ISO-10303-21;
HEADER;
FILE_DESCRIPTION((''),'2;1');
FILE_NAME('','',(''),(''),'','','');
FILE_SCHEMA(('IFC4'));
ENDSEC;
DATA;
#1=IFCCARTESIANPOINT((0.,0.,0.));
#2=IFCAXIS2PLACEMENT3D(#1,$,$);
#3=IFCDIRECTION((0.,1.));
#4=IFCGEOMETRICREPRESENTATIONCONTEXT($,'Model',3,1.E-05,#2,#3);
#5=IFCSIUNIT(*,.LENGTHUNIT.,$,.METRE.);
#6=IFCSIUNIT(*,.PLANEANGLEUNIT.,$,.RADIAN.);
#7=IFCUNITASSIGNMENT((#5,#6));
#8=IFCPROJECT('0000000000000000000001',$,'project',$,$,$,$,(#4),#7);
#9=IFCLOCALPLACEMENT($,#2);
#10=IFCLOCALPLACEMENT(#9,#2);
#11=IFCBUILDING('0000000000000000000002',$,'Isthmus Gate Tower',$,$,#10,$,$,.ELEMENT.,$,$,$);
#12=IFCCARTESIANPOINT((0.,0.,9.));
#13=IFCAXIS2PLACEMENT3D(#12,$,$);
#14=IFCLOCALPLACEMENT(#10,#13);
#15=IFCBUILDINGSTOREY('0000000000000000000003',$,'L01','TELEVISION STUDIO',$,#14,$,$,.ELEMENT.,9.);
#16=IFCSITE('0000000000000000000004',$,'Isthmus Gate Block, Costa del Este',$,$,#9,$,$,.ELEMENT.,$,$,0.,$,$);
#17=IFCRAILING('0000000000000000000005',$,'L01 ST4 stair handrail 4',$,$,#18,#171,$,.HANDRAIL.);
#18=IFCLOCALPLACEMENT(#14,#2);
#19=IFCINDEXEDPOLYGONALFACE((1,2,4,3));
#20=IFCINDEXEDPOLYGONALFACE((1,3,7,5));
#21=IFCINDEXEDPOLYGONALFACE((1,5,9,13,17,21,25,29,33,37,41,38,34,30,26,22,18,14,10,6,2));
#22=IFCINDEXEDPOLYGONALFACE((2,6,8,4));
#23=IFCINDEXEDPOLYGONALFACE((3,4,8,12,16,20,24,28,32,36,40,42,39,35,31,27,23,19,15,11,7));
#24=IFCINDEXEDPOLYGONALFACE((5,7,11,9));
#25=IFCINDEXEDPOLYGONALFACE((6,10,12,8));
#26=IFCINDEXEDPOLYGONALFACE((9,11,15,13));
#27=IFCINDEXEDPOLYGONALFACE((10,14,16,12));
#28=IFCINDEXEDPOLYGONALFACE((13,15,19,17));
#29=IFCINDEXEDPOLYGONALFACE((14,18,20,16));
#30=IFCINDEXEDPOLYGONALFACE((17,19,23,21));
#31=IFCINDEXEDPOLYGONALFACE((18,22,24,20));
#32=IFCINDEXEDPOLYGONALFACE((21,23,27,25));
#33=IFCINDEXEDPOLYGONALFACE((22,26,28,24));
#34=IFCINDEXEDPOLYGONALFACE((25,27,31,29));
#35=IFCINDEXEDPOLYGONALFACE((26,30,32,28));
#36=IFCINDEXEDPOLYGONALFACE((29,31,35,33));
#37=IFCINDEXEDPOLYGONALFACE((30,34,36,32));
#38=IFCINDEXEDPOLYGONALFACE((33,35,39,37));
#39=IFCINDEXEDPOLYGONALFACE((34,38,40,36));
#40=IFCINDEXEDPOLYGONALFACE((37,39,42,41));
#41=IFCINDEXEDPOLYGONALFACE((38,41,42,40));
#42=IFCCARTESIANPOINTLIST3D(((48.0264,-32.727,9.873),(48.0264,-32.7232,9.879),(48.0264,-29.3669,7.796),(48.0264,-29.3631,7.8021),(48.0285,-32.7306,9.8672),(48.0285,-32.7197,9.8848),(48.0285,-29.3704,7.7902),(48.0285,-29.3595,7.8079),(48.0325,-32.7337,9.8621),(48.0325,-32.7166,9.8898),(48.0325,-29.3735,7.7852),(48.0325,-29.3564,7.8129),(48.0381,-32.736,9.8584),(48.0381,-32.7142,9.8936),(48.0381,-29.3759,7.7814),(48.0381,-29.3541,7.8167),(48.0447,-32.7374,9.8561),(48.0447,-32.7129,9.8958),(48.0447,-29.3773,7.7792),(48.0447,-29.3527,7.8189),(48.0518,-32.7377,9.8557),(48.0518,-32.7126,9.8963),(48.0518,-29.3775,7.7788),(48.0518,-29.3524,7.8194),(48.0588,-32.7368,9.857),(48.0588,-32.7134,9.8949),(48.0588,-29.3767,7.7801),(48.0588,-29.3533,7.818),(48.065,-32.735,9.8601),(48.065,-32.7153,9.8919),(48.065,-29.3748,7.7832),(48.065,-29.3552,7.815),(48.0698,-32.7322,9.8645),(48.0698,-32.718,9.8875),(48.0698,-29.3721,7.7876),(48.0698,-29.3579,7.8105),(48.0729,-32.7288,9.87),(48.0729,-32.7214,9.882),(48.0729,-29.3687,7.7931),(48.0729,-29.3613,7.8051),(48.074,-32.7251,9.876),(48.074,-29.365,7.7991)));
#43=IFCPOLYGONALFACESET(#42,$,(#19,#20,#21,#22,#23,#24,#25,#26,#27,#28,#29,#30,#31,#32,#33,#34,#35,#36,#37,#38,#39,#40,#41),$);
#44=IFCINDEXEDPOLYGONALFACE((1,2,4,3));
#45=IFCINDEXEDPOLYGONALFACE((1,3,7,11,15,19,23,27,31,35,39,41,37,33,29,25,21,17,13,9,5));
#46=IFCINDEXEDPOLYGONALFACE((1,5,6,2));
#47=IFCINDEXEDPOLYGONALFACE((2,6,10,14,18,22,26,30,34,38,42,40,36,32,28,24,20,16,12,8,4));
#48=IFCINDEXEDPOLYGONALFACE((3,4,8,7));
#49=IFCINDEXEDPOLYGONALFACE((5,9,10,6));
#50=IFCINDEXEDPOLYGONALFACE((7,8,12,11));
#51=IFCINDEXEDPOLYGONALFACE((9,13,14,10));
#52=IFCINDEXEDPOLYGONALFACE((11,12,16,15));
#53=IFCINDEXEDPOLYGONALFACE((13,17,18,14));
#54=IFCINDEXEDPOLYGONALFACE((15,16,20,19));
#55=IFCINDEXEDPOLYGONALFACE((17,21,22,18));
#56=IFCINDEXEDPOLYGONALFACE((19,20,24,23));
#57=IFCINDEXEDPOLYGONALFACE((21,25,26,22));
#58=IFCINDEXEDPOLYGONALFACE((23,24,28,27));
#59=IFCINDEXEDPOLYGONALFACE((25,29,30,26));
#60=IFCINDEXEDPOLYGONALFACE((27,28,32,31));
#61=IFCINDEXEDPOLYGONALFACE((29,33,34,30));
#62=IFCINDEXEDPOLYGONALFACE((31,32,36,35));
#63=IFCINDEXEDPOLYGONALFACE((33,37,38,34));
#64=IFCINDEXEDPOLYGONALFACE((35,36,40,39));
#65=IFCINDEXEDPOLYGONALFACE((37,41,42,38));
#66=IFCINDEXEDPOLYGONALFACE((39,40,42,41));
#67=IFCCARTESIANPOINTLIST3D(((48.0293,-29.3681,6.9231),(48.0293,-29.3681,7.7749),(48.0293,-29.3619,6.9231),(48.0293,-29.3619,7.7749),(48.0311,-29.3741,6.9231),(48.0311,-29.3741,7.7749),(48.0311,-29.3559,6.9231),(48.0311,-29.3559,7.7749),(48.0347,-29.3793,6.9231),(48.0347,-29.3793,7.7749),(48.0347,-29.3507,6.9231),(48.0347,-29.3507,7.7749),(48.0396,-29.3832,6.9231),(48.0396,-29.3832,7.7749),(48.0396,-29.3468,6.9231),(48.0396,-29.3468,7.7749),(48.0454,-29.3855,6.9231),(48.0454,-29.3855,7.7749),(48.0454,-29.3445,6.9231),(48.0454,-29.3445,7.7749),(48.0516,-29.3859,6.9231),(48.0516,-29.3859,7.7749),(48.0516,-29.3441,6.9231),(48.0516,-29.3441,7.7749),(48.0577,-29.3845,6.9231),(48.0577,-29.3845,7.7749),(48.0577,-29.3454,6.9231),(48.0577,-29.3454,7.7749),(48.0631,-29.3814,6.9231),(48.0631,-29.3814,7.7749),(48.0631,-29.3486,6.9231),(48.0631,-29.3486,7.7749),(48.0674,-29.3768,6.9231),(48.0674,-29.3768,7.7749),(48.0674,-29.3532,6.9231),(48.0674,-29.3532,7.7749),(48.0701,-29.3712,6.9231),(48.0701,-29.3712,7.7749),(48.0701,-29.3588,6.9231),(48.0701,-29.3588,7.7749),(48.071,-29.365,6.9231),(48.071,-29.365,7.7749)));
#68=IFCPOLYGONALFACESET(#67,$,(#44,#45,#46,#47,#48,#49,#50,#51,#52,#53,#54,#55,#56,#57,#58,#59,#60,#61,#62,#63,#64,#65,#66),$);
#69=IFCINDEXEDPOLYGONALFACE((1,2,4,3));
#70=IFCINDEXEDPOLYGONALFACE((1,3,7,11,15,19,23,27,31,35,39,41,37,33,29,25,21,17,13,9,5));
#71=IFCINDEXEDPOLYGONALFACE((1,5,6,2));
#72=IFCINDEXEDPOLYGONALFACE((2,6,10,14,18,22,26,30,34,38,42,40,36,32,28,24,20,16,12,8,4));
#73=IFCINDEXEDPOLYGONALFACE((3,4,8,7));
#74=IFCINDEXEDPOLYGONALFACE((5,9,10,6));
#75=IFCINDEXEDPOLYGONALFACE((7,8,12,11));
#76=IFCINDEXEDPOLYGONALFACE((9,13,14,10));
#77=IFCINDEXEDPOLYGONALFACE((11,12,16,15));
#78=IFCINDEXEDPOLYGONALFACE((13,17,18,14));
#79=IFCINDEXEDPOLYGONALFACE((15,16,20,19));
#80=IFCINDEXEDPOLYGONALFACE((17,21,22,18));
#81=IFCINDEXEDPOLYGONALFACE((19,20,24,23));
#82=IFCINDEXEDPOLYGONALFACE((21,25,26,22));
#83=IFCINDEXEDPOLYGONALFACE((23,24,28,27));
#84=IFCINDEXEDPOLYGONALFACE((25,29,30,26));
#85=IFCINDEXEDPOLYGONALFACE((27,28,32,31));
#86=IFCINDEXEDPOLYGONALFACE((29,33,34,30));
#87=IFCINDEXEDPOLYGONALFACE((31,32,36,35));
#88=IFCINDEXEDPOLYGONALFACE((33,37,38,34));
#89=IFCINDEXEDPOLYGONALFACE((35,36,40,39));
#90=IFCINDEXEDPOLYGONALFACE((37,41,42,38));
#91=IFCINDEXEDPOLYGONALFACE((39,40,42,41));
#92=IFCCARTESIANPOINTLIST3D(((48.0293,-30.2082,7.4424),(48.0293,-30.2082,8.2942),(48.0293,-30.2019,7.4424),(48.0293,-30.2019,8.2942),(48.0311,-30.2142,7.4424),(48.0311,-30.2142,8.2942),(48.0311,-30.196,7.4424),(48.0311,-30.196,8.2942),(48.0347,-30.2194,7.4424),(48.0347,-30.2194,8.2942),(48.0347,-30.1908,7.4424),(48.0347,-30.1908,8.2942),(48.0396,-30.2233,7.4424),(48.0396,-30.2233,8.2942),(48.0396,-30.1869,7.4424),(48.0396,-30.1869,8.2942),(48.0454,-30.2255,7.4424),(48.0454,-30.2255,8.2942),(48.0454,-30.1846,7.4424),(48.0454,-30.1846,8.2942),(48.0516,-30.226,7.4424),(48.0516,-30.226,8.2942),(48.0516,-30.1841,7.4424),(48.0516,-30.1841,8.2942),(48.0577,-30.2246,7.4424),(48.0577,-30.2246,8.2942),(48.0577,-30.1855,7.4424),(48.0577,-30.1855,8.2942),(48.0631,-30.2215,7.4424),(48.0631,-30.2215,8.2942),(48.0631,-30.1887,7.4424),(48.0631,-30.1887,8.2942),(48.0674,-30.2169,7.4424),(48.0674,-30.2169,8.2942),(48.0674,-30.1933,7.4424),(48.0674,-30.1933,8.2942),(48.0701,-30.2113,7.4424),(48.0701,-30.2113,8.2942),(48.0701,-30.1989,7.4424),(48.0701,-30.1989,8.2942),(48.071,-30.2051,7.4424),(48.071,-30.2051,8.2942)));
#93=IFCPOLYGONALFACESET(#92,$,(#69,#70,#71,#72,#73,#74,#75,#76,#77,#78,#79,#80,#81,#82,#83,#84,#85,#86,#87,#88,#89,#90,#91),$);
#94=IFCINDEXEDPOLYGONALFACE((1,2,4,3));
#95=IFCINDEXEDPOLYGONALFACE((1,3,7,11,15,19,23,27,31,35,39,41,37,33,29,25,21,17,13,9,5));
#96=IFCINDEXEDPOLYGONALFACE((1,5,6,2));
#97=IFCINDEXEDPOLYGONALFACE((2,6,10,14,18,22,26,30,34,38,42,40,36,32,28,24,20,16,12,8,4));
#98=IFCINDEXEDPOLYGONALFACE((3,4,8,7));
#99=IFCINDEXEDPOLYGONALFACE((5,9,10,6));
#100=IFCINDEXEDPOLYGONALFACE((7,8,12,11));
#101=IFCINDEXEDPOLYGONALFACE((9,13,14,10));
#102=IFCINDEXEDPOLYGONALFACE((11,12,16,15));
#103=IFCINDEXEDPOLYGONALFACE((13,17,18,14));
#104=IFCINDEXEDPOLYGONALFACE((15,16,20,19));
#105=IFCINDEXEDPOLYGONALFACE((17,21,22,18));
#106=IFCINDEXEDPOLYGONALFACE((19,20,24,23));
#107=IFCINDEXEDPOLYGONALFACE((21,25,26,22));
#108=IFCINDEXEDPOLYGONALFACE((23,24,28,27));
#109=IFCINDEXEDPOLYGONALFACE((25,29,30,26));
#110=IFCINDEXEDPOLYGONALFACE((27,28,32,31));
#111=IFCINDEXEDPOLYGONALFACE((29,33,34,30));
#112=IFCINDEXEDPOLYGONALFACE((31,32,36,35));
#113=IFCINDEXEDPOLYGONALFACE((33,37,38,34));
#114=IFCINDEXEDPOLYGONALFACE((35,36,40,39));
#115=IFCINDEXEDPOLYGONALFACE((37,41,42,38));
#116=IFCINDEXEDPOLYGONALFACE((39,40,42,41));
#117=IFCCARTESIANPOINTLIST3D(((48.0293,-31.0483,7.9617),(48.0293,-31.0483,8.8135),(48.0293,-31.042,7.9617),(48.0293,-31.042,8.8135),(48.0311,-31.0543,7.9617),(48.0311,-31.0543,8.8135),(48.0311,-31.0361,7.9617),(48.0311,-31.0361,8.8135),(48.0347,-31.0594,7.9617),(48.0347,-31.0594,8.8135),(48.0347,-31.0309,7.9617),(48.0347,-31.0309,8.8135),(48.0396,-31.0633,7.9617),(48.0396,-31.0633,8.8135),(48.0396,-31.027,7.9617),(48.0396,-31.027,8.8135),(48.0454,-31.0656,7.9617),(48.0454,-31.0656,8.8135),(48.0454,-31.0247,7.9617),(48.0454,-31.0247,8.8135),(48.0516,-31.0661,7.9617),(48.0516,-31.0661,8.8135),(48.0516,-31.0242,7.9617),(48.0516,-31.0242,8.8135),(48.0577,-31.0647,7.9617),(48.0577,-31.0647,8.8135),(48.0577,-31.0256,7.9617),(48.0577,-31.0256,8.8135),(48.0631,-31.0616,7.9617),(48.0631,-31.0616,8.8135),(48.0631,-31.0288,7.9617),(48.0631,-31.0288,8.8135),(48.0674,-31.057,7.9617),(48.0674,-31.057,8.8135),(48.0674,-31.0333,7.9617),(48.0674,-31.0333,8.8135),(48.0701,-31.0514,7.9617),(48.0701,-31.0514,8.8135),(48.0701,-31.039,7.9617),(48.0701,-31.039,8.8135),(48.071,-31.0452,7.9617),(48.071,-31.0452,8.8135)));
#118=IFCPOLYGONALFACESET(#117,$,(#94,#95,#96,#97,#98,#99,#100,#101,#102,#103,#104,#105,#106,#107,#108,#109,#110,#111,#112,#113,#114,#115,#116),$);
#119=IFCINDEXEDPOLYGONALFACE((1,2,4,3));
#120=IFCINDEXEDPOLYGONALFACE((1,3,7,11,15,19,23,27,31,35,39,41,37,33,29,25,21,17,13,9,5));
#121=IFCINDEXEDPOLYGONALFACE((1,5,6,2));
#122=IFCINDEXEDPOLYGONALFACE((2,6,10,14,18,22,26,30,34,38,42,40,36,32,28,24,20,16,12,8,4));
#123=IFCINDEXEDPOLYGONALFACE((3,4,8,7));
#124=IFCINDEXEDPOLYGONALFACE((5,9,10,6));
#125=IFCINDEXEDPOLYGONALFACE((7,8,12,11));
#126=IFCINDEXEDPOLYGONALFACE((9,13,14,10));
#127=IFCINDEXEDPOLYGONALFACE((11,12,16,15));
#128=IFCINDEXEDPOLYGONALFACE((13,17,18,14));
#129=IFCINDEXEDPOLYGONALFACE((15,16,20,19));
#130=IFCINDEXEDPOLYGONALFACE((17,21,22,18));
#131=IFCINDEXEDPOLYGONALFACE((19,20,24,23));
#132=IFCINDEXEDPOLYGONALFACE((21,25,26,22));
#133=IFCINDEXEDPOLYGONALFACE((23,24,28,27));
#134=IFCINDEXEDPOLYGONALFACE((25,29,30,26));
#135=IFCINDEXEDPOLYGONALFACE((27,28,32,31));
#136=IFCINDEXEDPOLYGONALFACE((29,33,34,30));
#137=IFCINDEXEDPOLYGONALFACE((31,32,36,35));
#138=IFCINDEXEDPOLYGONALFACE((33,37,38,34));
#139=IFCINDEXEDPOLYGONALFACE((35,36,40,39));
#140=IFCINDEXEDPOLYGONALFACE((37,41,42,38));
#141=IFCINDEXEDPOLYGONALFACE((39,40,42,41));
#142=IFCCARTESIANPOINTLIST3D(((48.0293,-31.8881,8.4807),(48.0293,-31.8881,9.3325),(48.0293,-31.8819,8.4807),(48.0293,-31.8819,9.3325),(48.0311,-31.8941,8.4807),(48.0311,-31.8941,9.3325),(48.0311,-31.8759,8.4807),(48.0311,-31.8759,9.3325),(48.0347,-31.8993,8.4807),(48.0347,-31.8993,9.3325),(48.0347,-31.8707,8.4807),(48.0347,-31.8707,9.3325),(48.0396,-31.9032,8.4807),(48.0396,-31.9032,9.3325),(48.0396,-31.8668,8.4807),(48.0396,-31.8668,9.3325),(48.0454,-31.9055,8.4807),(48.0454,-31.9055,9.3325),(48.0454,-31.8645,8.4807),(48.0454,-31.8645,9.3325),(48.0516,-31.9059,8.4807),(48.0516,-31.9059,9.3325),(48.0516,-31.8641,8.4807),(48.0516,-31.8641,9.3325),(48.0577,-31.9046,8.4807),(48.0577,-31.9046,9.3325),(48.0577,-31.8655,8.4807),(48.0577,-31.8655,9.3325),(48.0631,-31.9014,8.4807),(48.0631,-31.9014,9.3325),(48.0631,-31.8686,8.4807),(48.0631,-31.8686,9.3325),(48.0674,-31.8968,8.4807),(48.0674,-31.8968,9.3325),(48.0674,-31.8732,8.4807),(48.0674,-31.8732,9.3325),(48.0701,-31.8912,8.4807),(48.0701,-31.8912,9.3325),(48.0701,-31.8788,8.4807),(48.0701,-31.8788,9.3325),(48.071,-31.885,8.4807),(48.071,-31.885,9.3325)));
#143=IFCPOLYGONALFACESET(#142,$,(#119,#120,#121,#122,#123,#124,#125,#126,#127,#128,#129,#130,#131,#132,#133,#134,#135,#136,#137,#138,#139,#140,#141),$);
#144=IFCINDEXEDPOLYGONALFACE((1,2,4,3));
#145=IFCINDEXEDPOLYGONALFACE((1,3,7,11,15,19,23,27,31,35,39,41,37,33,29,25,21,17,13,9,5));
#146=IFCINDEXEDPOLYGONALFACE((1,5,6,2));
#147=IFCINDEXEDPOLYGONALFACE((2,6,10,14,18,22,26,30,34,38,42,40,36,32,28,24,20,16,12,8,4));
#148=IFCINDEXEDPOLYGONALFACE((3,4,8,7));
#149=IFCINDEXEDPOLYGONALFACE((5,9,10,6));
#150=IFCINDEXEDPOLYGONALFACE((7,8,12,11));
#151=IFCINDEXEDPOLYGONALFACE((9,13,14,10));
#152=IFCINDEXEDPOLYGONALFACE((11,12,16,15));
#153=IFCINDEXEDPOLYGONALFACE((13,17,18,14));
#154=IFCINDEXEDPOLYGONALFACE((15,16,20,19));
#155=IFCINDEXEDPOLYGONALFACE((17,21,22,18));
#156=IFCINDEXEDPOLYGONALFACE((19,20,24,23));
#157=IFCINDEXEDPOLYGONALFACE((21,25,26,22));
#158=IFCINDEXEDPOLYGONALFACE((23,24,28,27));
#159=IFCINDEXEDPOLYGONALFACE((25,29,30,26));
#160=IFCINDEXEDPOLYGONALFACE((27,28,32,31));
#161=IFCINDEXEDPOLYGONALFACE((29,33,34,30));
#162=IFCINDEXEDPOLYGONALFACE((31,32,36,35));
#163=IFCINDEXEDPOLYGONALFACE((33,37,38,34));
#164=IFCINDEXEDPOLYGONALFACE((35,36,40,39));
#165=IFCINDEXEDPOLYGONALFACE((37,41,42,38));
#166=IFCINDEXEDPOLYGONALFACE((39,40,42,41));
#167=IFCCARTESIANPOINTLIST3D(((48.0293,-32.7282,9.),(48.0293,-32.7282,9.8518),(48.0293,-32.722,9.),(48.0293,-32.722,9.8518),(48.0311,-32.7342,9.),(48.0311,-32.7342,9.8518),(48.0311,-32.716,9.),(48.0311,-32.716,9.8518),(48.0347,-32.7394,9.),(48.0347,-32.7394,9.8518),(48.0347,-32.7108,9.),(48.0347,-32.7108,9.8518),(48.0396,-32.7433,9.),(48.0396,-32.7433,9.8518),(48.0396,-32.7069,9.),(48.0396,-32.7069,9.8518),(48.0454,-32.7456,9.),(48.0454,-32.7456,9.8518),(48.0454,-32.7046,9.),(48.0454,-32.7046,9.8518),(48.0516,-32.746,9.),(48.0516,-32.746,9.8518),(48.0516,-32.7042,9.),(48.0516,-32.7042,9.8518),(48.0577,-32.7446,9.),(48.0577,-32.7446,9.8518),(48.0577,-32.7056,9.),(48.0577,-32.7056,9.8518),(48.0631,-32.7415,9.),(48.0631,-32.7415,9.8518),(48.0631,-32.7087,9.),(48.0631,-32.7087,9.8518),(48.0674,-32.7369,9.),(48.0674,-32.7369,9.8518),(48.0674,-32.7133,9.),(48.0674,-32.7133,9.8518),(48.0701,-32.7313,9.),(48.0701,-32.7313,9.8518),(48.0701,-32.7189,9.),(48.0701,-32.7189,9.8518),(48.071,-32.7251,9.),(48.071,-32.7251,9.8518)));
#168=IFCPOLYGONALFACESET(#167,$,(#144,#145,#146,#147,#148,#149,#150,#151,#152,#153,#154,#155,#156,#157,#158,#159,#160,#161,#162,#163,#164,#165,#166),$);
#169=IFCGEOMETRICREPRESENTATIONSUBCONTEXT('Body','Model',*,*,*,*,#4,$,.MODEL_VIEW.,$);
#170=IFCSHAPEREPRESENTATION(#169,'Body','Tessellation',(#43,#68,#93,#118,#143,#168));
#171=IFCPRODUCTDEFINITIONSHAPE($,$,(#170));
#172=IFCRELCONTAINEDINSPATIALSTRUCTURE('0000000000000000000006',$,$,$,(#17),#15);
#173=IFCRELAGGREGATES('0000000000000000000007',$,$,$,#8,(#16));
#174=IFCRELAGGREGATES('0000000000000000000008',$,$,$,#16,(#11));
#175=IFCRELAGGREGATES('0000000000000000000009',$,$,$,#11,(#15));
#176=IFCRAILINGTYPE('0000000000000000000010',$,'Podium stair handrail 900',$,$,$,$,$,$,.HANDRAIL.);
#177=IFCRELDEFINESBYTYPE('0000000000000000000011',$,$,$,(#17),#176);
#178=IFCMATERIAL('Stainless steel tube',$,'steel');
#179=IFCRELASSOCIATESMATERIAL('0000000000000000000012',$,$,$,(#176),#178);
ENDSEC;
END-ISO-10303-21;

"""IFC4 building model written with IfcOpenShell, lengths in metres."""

from ifc_helpers import new_model, si_unit, direction, frame, origin, origin_2d, place, context, subcontext, project, spatial, circle, extrude, material, type_object, element, save


model = new_model("IFC4")

# Units and contexts
model_context = context("Model", 3, precision=1e-05, world=origin(), true_north=direction((0.0, 1.0)))
body_context = subcontext(model_context, "Body", "Model", "MODEL_VIEW")
ifc_project = project(units=[si_unit("LENGTHUNIT", "METRE"), si_unit("PLANEANGLEUNIT", "RADIAN")], contexts=[model_context])

# Site, building, storey
site_placement = place(None, origin())
site = spatial("IfcSite", under=ifc_project, at=site_placement, Name="Isthmus Gate Block, Costa del Este", CompositionType="ELEMENT", RefElevation=0.0)
building_placement = place(site_placement, origin())
building = spatial("IfcBuilding", under=site, at=building_placement, Name="Isthmus Gate Tower", CompositionType="ELEMENT")
storey_placement = place(building_placement, frame((0.0, 0.0, 9.0)))
storey = spatial("IfcBuildingStorey", under=building, at=storey_placement, Name="L01", Description="TELEVISION STUDIO", CompositionType="ELEMENT", Elevation=9.0)

# Railing
ifc_material_1 = material(Name="Stainless steel tube", Category="steel")
railing_type_1 = type_object("IfcRailingType", Name="Podium stair handrail 900", PredefinedType="HANDRAIL", material=ifc_material_1)
for number, where, name in (
    (1, (48.05, -29.365, 6.9231), "L01 ST4 stair handrail 4"),
):
    element("IfcRailing", number, at=place(storey_placement, frame(where)), inside=storey, type_object=railing_type_1, Name=name, PredefinedType="HANDRAIL", context=body_context, shape_type="SweptSolid", body=[
        extrude(circle(Radius=0.0239, at=origin_2d()), frame((0.0, 0.0, 0.876), z_axis=(0.0, -0.850623, 0.525776), x_axis=(1.0, 0.0, 0.0)), (0.0, 0.0, 1.0), 3.9502),
        extrude(circle(Radius=0.021, at=origin_2d()), origin(), (0.0, 0.0, 1.0), 0.8518),
        extrude(circle(Radius=0.021, at=origin_2d()), frame((0.0, -0.8401, 0.5193)), (0.0, 0.0, 1.0), 0.8518),
        extrude(circle(Radius=0.021, at=origin_2d()), frame((0.0, -1.6802, 1.0386)), (0.0, 0.0, 1.0), 0.8518),
        extrude(circle(Radius=0.021, at=origin_2d()), frame((0.0, -2.52, 1.5576)), (0.0, 0.0, 1.0), 0.8518),
        extrude(circle(Radius=0.021, at=origin_2d()), frame((0.0, -3.3601, 2.0769)), (0.0, 0.0, 1.0), 0.8518),
    ])

save(model, "model.ifc")
